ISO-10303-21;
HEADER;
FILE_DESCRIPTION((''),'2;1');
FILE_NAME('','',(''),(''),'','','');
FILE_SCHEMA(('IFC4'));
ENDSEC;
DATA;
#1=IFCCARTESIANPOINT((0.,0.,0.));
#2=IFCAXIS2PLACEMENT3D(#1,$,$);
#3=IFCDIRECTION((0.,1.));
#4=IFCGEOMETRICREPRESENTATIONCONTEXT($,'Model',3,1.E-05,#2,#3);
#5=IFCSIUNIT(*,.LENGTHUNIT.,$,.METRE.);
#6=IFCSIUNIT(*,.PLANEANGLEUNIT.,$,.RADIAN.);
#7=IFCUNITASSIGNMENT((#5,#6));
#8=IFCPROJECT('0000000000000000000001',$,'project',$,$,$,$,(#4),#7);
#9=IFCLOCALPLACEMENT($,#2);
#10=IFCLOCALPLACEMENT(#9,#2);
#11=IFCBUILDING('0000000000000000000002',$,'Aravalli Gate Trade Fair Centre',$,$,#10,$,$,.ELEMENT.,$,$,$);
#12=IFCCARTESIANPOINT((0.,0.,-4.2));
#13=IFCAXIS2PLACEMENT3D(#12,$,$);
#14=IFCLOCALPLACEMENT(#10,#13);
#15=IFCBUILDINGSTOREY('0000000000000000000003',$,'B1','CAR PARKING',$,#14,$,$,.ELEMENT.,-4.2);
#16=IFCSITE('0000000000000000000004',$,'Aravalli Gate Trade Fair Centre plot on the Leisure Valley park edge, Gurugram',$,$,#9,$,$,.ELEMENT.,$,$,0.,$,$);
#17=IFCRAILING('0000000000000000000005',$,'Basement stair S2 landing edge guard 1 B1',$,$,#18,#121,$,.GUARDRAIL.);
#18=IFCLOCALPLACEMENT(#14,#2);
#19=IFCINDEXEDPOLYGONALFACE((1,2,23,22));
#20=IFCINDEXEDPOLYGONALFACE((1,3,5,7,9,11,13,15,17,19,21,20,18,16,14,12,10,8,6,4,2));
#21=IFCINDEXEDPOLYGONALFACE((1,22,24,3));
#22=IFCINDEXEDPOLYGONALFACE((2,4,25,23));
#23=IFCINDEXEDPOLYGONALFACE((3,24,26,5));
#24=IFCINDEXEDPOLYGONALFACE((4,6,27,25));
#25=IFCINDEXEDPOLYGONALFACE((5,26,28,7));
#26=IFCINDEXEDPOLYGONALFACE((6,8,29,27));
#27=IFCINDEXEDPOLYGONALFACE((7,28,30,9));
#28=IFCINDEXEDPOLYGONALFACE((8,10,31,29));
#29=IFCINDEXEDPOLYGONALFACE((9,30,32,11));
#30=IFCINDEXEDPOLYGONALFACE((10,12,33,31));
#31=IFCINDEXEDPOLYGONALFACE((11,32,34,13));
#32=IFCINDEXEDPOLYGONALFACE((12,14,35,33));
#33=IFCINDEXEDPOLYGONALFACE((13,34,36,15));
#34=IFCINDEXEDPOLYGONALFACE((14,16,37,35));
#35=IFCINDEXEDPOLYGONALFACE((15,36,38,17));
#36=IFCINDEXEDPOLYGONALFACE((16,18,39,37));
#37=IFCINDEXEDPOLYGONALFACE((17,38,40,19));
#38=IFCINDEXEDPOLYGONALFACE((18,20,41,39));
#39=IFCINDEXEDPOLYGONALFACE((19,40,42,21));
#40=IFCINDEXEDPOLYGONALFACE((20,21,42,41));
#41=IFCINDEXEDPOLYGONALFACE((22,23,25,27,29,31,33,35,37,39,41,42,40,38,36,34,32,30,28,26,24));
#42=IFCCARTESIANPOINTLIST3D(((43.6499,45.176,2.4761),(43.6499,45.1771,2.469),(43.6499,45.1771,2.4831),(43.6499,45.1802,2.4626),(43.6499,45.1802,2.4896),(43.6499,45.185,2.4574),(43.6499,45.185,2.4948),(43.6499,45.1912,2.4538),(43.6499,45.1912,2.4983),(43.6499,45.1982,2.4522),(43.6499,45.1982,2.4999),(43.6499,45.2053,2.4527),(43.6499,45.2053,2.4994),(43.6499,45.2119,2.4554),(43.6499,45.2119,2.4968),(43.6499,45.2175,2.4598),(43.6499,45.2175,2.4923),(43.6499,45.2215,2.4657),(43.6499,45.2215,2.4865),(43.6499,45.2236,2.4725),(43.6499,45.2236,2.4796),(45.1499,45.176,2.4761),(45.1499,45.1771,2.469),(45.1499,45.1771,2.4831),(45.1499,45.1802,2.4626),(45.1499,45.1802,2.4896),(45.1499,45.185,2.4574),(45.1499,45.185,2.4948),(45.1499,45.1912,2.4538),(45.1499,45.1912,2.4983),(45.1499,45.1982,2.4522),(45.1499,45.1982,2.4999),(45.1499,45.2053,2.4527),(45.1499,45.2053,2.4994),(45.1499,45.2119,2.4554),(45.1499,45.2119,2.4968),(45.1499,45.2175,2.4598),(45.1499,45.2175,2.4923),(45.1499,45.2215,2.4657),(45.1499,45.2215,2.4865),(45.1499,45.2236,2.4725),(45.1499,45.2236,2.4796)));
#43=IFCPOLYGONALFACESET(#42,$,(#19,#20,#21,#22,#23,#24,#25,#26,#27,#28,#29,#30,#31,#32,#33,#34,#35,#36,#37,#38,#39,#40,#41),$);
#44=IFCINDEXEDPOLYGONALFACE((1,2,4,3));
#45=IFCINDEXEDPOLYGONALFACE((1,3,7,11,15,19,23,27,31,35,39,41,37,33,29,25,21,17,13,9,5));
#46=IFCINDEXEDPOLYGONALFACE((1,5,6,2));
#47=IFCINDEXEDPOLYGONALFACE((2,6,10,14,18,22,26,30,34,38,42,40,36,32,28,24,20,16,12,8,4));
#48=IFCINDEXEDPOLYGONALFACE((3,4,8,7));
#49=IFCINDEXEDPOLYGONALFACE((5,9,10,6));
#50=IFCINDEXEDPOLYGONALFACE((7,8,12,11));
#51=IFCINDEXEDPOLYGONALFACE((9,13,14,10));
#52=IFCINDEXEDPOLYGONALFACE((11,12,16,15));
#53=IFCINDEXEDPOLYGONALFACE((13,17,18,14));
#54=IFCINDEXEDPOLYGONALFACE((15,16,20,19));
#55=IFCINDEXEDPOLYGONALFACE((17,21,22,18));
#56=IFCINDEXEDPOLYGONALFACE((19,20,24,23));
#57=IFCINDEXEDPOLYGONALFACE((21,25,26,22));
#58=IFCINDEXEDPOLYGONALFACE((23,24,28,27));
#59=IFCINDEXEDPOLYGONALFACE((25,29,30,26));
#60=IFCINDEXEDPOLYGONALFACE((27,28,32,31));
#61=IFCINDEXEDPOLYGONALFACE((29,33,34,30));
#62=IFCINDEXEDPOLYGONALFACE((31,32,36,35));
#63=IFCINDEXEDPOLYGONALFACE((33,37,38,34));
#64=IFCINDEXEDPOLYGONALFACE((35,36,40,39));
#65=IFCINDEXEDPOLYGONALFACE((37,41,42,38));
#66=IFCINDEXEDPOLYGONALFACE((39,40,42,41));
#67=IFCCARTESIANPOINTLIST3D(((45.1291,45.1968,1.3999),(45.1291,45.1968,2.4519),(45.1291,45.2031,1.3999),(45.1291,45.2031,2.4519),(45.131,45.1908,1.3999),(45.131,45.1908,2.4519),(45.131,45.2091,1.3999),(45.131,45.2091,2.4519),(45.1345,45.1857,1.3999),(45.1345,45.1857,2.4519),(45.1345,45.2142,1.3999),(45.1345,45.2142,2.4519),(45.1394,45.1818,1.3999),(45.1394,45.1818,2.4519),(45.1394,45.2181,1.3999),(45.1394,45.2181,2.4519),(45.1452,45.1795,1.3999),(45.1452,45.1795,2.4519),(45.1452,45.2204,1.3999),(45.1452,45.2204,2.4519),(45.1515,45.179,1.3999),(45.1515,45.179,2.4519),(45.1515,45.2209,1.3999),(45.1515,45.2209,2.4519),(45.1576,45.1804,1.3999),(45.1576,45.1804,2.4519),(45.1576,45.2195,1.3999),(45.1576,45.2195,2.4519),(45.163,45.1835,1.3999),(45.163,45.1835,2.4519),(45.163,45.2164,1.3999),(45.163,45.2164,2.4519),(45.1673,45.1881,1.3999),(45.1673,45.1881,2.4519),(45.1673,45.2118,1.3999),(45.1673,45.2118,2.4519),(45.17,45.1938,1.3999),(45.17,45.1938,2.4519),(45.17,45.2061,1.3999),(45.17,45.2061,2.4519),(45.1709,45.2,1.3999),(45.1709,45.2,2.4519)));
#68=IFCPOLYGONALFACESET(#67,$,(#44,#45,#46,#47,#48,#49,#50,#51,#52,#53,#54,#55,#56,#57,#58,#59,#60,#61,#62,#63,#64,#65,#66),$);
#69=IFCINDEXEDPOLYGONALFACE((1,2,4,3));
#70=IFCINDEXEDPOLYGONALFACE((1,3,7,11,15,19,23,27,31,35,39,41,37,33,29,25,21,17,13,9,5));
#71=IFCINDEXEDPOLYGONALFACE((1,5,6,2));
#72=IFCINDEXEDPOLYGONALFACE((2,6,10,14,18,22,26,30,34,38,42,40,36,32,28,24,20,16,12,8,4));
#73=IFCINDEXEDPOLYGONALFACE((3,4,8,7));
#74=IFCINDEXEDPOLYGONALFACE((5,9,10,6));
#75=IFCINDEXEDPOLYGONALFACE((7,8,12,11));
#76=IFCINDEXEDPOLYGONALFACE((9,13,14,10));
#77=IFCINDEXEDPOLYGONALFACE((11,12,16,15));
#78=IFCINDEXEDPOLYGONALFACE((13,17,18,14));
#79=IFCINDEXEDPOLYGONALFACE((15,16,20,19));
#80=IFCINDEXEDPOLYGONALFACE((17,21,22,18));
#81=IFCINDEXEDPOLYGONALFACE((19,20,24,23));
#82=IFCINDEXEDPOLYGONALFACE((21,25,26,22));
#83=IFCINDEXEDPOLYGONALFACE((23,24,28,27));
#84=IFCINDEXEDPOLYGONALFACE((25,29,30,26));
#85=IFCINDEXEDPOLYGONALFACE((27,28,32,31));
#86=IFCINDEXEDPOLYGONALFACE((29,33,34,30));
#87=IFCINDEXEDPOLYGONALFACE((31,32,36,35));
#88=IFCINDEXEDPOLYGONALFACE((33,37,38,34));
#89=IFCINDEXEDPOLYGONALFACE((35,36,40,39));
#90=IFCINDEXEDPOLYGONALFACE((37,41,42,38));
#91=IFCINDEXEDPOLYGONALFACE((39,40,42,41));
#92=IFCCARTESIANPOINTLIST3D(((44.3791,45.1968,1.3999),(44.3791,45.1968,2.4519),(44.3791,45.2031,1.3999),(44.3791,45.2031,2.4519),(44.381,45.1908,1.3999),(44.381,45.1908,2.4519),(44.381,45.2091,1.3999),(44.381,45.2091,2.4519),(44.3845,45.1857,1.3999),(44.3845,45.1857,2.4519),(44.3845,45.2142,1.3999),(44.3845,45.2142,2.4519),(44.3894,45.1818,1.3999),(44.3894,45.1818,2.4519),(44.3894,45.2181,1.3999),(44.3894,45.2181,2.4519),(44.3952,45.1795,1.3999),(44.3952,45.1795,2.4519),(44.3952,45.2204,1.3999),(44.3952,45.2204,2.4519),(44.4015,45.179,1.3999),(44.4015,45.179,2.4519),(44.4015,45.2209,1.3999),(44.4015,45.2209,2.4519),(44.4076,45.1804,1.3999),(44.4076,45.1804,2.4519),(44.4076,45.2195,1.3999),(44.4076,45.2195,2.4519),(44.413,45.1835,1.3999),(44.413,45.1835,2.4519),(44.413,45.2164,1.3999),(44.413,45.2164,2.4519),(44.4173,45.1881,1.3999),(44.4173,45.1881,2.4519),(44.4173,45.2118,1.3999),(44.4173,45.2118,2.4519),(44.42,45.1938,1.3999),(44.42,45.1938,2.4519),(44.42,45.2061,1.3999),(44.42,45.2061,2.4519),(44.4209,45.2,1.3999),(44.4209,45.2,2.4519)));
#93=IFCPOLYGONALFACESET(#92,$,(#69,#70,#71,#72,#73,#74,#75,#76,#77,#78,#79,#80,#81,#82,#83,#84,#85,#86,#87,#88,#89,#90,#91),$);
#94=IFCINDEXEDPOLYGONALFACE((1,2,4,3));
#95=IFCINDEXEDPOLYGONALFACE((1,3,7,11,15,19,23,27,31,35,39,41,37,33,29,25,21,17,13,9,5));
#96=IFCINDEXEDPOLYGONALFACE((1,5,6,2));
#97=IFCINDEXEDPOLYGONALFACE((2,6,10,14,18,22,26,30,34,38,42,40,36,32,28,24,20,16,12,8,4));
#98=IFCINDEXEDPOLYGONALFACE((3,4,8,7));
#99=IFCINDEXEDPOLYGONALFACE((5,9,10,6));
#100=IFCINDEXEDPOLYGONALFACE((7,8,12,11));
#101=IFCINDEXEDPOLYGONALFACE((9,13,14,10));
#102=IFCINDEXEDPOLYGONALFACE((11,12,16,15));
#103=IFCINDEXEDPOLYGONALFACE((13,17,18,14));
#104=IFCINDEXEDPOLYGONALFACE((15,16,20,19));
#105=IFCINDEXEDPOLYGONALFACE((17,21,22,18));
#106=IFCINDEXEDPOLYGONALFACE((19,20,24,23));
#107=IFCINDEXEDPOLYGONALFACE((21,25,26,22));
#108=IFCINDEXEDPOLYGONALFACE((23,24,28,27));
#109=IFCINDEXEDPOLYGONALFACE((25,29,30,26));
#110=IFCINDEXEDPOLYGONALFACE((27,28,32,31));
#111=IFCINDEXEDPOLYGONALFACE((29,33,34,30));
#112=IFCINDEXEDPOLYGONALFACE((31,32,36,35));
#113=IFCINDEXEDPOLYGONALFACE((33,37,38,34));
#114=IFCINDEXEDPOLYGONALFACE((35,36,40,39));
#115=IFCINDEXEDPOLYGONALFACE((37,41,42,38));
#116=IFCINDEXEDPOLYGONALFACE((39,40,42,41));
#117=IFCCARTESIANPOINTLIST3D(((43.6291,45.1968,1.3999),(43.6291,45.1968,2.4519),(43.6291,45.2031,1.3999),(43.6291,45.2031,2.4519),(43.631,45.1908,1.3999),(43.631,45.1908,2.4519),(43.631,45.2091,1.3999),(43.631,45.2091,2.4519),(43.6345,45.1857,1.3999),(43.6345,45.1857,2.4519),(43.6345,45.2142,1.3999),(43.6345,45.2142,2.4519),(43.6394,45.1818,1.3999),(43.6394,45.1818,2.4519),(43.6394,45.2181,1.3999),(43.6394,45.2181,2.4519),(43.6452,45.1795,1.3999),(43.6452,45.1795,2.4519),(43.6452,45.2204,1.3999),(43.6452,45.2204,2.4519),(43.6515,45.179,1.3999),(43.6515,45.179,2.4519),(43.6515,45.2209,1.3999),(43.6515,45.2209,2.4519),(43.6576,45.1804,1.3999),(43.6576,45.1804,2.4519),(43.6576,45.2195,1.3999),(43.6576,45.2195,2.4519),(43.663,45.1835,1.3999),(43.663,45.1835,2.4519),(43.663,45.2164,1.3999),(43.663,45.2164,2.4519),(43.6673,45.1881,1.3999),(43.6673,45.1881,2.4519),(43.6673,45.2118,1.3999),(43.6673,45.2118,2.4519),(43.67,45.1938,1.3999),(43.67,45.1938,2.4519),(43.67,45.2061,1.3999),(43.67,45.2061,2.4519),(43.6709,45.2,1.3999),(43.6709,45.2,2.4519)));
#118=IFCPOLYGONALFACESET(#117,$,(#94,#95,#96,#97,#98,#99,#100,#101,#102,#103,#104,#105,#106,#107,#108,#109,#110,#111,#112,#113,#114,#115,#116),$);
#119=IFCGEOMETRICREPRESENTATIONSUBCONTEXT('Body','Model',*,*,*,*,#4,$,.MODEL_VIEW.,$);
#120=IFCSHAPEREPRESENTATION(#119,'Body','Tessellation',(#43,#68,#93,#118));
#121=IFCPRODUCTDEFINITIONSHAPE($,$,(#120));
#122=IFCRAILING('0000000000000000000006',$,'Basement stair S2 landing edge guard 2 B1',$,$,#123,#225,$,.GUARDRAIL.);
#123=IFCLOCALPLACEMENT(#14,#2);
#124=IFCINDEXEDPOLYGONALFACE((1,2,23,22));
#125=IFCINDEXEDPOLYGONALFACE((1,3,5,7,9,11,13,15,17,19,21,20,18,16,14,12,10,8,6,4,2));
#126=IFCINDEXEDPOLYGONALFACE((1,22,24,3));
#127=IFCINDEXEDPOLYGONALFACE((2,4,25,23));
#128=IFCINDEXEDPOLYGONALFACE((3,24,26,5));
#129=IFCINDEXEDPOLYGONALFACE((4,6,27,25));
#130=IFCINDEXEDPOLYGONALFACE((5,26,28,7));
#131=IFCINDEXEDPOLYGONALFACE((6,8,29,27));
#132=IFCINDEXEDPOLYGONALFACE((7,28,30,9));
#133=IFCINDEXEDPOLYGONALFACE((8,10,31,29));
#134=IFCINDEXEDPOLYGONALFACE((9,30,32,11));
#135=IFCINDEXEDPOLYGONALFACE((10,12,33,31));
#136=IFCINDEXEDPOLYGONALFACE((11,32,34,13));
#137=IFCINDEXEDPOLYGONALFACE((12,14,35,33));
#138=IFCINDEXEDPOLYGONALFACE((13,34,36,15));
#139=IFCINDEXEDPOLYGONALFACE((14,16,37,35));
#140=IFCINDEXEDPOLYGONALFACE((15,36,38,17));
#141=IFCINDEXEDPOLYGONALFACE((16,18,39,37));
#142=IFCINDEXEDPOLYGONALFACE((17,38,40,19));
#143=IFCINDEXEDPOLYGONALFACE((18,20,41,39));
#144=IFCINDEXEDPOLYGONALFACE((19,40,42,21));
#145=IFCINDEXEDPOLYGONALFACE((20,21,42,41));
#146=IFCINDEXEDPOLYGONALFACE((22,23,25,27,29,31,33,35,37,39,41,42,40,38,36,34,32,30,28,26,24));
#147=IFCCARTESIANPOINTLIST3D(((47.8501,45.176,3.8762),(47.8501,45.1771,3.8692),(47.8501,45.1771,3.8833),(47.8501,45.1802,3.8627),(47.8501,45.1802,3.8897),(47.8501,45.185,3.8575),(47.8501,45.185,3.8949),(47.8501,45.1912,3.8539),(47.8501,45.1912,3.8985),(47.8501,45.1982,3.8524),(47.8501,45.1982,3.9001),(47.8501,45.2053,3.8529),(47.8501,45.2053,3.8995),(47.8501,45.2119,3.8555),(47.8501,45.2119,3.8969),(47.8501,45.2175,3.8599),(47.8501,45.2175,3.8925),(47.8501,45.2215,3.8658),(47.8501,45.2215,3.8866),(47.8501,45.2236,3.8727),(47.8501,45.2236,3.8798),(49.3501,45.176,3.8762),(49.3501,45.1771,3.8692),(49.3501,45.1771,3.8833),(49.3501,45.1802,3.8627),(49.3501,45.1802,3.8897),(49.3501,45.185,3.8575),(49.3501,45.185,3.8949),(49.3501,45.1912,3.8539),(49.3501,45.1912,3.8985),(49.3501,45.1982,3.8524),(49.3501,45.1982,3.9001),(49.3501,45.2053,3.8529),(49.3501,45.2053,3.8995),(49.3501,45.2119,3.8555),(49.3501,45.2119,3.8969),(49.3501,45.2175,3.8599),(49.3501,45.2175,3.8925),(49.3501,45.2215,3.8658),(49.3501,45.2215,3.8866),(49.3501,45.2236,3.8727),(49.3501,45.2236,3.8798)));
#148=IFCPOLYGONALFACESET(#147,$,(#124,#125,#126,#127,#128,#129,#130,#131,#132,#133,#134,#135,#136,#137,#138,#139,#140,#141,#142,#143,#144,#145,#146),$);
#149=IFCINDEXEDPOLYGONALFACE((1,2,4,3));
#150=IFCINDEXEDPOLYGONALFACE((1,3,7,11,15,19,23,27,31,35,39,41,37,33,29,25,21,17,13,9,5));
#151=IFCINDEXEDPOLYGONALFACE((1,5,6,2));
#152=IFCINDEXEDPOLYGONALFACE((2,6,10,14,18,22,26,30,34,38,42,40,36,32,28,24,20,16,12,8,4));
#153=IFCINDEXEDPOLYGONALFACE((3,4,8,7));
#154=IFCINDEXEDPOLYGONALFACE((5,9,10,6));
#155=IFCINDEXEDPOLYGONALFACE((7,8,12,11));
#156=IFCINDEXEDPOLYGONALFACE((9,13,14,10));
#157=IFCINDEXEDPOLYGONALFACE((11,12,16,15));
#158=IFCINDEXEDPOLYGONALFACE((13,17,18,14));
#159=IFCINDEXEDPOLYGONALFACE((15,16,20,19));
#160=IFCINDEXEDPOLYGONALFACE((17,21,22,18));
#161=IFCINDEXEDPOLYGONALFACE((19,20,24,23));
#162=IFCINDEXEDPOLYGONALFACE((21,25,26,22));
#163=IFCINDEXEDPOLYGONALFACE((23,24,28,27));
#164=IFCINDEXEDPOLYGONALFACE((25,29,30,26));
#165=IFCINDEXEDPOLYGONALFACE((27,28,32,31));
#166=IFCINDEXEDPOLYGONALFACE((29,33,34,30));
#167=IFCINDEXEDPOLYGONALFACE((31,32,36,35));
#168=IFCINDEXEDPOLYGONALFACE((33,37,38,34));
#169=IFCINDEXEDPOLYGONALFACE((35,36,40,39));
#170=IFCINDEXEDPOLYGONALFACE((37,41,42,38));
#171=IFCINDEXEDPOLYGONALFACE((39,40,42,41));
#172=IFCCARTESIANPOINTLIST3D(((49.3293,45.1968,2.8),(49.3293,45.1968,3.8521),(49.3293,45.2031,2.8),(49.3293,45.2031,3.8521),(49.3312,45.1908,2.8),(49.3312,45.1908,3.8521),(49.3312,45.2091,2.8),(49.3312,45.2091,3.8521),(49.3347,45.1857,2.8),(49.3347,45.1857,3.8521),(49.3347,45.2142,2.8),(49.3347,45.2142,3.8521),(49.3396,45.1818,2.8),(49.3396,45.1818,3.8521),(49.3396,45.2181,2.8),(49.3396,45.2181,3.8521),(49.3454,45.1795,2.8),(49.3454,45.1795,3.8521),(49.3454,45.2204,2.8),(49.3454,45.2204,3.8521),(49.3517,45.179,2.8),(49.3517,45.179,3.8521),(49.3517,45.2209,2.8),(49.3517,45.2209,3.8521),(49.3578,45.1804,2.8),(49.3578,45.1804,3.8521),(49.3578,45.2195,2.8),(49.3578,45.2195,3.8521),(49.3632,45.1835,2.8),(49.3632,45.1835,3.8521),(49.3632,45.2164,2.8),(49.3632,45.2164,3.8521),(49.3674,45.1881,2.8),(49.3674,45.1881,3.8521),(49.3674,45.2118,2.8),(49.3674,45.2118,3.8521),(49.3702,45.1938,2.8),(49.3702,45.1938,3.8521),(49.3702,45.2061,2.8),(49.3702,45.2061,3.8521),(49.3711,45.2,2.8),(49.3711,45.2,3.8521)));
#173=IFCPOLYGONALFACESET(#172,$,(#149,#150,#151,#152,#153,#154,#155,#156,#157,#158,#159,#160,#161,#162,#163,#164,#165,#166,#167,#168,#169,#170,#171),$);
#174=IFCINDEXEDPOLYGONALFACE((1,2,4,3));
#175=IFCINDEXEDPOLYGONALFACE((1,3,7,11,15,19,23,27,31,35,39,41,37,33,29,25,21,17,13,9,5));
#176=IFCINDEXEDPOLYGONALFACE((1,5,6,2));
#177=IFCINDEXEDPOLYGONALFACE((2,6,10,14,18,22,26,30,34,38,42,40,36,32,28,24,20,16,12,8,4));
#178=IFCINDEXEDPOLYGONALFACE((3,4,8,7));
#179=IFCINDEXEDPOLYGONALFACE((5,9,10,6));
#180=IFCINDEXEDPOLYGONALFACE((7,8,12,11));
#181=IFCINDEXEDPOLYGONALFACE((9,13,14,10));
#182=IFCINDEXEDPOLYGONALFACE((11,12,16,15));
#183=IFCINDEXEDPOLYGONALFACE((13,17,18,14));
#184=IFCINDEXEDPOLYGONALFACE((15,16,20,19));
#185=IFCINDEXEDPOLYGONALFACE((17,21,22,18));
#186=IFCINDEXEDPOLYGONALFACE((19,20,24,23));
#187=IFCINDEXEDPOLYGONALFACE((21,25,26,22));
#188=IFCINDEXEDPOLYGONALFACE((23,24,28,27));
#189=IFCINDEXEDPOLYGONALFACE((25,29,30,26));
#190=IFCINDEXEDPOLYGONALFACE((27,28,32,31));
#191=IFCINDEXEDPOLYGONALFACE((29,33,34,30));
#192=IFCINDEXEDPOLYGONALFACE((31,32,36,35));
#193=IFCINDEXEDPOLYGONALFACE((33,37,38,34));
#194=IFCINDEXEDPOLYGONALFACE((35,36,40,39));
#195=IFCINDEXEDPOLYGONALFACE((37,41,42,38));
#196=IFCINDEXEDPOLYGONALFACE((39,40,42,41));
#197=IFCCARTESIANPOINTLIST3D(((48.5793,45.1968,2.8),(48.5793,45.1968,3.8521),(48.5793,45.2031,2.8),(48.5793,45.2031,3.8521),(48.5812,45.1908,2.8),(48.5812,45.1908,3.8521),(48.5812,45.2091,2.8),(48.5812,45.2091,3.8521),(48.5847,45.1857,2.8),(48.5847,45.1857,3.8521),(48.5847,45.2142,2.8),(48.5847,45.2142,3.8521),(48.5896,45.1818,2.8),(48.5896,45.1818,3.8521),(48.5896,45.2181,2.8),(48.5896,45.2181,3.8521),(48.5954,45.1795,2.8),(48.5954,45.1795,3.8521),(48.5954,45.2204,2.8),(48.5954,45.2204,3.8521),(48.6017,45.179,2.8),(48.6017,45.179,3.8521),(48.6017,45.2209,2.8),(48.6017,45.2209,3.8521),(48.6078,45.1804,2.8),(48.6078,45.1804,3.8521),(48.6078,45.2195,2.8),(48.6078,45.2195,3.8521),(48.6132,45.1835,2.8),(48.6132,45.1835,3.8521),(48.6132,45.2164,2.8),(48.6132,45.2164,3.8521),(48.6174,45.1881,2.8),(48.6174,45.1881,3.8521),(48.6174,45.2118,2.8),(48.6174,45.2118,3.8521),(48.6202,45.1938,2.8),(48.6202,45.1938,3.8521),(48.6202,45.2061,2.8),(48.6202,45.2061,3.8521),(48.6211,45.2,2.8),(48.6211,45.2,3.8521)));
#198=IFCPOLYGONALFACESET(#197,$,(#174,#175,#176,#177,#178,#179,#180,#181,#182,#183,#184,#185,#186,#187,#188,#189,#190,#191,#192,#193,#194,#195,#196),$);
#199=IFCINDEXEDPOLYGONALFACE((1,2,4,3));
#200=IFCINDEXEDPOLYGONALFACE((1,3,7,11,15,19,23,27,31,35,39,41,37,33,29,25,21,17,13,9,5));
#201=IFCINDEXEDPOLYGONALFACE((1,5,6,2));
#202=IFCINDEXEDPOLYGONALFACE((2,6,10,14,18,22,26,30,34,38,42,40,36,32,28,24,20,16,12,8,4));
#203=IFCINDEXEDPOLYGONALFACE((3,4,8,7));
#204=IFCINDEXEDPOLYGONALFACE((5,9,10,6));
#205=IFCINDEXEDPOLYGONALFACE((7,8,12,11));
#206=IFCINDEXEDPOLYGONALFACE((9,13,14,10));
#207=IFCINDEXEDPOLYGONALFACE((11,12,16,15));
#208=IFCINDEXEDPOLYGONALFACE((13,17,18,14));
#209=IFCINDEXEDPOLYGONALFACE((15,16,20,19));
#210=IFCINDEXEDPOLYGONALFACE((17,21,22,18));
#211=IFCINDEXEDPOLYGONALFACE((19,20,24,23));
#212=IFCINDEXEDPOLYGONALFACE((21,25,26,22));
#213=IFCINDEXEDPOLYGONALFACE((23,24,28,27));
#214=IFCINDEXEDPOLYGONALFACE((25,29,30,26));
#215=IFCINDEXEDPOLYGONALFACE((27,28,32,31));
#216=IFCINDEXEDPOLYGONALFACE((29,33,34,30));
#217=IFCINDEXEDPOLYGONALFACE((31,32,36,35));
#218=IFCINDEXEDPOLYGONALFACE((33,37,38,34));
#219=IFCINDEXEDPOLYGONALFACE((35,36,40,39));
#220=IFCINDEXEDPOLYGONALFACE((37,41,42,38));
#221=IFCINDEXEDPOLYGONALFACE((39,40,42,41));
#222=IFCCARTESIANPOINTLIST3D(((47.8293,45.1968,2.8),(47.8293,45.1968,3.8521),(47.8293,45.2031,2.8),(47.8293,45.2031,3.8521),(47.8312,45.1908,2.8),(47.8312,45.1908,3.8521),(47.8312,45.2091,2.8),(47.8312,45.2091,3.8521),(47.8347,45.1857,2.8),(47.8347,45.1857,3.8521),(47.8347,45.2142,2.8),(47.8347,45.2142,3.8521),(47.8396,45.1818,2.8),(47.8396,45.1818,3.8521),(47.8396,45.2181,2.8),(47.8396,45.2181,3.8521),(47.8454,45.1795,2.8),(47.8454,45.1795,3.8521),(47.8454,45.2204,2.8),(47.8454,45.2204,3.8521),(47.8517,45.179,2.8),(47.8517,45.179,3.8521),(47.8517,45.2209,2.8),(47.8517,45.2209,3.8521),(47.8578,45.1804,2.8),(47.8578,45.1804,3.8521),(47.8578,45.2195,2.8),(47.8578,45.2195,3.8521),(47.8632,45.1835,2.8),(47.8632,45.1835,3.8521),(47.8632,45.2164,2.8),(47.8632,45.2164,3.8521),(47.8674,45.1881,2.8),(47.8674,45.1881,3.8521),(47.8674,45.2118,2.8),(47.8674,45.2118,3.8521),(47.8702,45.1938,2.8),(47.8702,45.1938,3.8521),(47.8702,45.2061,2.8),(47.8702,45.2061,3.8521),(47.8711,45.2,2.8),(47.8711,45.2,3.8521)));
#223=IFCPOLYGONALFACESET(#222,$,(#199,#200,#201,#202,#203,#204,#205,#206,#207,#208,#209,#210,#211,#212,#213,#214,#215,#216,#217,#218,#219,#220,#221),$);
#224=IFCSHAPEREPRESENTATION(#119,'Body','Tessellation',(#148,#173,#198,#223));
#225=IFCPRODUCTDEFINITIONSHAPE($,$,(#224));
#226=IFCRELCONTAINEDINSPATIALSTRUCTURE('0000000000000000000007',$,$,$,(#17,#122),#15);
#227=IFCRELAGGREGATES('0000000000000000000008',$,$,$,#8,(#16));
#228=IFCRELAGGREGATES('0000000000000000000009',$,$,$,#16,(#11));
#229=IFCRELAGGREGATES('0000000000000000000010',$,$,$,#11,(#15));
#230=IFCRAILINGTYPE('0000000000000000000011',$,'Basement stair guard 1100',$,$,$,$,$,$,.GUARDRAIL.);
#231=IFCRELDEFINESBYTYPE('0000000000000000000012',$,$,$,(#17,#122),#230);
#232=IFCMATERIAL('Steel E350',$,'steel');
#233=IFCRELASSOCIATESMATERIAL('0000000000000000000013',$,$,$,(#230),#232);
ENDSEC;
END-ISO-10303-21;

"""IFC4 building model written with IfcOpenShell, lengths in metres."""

from ifc_helpers import new_model, si_unit, direction, frame, origin, origin_2d, place, context, subcontext, project, spatial, circle, extrude, material, type_object, element, save


model = new_model("IFC4")

# Units and contexts
model_context = context("Model", 3, precision=1e-05, world=origin(), true_north=direction((0.0, 1.0)))
body_context = subcontext(model_context, "Body", "Model", "MODEL_VIEW")
ifc_project = project(units=[si_unit("LENGTHUNIT", "METRE"), si_unit("PLANEANGLEUNIT", "RADIAN")], contexts=[model_context])

# Site, building, storey
site_placement = place(None, origin())
site = spatial("IfcSite", under=ifc_project, at=site_placement, Name="Aravalli Gate Trade Fair Centre plot on the Leisure Valley park edge, Gurugram", CompositionType="ELEMENT", RefElevation=0.0)
building_placement = place(site_placement, origin())
building = spatial("IfcBuilding", under=site, at=building_placement, Name="Aravalli Gate Trade Fair Centre", CompositionType="ELEMENT")
storey_placement = place(building_placement, frame((0.0, 0.0, -4.2)))
storey = spatial("IfcBuildingStorey", under=building, at=storey_placement, Name="B1", Description="CAR PARKING", CompositionType="ELEMENT", Elevation=-4.2)

# Railings
ifc_material_1 = material(Name="Steel E350", Category="steel")
railing_type = type_object("IfcRailingType", Name="Basement stair guard 1100", PredefinedType="GUARDRAIL", material=ifc_material_1)
for number, where, name in (
    (1, (45.1499, 45.2, 1.3999), "Basement stair S2 landing edge guard 1 B1"),
    (2, (49.3501, 45.2, 2.8), "Basement stair S2 landing edge guard 2 B1"),
):
    element("IfcRailing", number, at=place(storey_placement, frame(where)), inside=storey, type_object=railing_type, Name=name, PredefinedType="GUARDRAIL", context=body_context, shape_type="SweptSolid", body=[
        extrude(circle(Radius=0.0239, at=origin_2d()), frame((0.0, 0.0, 1.0762), z_axis=(-1.0, 0.0, 0.0), x_axis=(0.0, -1.0, 0.0)), (0.0, 0.0, 1.0), 1.5),
        extrude(circle(Radius=0.021, at=origin_2d()), origin(), (0.0, 0.0, 1.0), 1.052),
        extrude(circle(Radius=0.021, at=origin_2d()), frame((-0.75, 0.0, 0.0)), (0.0, 0.0, 1.0), 1.052),
        extrude(circle(Radius=0.021, at=origin_2d()), frame((-1.5, 0.0, 0.0)), (0.0, 0.0, 1.0), 1.052),
    ])

save(model, "model.ifc")
